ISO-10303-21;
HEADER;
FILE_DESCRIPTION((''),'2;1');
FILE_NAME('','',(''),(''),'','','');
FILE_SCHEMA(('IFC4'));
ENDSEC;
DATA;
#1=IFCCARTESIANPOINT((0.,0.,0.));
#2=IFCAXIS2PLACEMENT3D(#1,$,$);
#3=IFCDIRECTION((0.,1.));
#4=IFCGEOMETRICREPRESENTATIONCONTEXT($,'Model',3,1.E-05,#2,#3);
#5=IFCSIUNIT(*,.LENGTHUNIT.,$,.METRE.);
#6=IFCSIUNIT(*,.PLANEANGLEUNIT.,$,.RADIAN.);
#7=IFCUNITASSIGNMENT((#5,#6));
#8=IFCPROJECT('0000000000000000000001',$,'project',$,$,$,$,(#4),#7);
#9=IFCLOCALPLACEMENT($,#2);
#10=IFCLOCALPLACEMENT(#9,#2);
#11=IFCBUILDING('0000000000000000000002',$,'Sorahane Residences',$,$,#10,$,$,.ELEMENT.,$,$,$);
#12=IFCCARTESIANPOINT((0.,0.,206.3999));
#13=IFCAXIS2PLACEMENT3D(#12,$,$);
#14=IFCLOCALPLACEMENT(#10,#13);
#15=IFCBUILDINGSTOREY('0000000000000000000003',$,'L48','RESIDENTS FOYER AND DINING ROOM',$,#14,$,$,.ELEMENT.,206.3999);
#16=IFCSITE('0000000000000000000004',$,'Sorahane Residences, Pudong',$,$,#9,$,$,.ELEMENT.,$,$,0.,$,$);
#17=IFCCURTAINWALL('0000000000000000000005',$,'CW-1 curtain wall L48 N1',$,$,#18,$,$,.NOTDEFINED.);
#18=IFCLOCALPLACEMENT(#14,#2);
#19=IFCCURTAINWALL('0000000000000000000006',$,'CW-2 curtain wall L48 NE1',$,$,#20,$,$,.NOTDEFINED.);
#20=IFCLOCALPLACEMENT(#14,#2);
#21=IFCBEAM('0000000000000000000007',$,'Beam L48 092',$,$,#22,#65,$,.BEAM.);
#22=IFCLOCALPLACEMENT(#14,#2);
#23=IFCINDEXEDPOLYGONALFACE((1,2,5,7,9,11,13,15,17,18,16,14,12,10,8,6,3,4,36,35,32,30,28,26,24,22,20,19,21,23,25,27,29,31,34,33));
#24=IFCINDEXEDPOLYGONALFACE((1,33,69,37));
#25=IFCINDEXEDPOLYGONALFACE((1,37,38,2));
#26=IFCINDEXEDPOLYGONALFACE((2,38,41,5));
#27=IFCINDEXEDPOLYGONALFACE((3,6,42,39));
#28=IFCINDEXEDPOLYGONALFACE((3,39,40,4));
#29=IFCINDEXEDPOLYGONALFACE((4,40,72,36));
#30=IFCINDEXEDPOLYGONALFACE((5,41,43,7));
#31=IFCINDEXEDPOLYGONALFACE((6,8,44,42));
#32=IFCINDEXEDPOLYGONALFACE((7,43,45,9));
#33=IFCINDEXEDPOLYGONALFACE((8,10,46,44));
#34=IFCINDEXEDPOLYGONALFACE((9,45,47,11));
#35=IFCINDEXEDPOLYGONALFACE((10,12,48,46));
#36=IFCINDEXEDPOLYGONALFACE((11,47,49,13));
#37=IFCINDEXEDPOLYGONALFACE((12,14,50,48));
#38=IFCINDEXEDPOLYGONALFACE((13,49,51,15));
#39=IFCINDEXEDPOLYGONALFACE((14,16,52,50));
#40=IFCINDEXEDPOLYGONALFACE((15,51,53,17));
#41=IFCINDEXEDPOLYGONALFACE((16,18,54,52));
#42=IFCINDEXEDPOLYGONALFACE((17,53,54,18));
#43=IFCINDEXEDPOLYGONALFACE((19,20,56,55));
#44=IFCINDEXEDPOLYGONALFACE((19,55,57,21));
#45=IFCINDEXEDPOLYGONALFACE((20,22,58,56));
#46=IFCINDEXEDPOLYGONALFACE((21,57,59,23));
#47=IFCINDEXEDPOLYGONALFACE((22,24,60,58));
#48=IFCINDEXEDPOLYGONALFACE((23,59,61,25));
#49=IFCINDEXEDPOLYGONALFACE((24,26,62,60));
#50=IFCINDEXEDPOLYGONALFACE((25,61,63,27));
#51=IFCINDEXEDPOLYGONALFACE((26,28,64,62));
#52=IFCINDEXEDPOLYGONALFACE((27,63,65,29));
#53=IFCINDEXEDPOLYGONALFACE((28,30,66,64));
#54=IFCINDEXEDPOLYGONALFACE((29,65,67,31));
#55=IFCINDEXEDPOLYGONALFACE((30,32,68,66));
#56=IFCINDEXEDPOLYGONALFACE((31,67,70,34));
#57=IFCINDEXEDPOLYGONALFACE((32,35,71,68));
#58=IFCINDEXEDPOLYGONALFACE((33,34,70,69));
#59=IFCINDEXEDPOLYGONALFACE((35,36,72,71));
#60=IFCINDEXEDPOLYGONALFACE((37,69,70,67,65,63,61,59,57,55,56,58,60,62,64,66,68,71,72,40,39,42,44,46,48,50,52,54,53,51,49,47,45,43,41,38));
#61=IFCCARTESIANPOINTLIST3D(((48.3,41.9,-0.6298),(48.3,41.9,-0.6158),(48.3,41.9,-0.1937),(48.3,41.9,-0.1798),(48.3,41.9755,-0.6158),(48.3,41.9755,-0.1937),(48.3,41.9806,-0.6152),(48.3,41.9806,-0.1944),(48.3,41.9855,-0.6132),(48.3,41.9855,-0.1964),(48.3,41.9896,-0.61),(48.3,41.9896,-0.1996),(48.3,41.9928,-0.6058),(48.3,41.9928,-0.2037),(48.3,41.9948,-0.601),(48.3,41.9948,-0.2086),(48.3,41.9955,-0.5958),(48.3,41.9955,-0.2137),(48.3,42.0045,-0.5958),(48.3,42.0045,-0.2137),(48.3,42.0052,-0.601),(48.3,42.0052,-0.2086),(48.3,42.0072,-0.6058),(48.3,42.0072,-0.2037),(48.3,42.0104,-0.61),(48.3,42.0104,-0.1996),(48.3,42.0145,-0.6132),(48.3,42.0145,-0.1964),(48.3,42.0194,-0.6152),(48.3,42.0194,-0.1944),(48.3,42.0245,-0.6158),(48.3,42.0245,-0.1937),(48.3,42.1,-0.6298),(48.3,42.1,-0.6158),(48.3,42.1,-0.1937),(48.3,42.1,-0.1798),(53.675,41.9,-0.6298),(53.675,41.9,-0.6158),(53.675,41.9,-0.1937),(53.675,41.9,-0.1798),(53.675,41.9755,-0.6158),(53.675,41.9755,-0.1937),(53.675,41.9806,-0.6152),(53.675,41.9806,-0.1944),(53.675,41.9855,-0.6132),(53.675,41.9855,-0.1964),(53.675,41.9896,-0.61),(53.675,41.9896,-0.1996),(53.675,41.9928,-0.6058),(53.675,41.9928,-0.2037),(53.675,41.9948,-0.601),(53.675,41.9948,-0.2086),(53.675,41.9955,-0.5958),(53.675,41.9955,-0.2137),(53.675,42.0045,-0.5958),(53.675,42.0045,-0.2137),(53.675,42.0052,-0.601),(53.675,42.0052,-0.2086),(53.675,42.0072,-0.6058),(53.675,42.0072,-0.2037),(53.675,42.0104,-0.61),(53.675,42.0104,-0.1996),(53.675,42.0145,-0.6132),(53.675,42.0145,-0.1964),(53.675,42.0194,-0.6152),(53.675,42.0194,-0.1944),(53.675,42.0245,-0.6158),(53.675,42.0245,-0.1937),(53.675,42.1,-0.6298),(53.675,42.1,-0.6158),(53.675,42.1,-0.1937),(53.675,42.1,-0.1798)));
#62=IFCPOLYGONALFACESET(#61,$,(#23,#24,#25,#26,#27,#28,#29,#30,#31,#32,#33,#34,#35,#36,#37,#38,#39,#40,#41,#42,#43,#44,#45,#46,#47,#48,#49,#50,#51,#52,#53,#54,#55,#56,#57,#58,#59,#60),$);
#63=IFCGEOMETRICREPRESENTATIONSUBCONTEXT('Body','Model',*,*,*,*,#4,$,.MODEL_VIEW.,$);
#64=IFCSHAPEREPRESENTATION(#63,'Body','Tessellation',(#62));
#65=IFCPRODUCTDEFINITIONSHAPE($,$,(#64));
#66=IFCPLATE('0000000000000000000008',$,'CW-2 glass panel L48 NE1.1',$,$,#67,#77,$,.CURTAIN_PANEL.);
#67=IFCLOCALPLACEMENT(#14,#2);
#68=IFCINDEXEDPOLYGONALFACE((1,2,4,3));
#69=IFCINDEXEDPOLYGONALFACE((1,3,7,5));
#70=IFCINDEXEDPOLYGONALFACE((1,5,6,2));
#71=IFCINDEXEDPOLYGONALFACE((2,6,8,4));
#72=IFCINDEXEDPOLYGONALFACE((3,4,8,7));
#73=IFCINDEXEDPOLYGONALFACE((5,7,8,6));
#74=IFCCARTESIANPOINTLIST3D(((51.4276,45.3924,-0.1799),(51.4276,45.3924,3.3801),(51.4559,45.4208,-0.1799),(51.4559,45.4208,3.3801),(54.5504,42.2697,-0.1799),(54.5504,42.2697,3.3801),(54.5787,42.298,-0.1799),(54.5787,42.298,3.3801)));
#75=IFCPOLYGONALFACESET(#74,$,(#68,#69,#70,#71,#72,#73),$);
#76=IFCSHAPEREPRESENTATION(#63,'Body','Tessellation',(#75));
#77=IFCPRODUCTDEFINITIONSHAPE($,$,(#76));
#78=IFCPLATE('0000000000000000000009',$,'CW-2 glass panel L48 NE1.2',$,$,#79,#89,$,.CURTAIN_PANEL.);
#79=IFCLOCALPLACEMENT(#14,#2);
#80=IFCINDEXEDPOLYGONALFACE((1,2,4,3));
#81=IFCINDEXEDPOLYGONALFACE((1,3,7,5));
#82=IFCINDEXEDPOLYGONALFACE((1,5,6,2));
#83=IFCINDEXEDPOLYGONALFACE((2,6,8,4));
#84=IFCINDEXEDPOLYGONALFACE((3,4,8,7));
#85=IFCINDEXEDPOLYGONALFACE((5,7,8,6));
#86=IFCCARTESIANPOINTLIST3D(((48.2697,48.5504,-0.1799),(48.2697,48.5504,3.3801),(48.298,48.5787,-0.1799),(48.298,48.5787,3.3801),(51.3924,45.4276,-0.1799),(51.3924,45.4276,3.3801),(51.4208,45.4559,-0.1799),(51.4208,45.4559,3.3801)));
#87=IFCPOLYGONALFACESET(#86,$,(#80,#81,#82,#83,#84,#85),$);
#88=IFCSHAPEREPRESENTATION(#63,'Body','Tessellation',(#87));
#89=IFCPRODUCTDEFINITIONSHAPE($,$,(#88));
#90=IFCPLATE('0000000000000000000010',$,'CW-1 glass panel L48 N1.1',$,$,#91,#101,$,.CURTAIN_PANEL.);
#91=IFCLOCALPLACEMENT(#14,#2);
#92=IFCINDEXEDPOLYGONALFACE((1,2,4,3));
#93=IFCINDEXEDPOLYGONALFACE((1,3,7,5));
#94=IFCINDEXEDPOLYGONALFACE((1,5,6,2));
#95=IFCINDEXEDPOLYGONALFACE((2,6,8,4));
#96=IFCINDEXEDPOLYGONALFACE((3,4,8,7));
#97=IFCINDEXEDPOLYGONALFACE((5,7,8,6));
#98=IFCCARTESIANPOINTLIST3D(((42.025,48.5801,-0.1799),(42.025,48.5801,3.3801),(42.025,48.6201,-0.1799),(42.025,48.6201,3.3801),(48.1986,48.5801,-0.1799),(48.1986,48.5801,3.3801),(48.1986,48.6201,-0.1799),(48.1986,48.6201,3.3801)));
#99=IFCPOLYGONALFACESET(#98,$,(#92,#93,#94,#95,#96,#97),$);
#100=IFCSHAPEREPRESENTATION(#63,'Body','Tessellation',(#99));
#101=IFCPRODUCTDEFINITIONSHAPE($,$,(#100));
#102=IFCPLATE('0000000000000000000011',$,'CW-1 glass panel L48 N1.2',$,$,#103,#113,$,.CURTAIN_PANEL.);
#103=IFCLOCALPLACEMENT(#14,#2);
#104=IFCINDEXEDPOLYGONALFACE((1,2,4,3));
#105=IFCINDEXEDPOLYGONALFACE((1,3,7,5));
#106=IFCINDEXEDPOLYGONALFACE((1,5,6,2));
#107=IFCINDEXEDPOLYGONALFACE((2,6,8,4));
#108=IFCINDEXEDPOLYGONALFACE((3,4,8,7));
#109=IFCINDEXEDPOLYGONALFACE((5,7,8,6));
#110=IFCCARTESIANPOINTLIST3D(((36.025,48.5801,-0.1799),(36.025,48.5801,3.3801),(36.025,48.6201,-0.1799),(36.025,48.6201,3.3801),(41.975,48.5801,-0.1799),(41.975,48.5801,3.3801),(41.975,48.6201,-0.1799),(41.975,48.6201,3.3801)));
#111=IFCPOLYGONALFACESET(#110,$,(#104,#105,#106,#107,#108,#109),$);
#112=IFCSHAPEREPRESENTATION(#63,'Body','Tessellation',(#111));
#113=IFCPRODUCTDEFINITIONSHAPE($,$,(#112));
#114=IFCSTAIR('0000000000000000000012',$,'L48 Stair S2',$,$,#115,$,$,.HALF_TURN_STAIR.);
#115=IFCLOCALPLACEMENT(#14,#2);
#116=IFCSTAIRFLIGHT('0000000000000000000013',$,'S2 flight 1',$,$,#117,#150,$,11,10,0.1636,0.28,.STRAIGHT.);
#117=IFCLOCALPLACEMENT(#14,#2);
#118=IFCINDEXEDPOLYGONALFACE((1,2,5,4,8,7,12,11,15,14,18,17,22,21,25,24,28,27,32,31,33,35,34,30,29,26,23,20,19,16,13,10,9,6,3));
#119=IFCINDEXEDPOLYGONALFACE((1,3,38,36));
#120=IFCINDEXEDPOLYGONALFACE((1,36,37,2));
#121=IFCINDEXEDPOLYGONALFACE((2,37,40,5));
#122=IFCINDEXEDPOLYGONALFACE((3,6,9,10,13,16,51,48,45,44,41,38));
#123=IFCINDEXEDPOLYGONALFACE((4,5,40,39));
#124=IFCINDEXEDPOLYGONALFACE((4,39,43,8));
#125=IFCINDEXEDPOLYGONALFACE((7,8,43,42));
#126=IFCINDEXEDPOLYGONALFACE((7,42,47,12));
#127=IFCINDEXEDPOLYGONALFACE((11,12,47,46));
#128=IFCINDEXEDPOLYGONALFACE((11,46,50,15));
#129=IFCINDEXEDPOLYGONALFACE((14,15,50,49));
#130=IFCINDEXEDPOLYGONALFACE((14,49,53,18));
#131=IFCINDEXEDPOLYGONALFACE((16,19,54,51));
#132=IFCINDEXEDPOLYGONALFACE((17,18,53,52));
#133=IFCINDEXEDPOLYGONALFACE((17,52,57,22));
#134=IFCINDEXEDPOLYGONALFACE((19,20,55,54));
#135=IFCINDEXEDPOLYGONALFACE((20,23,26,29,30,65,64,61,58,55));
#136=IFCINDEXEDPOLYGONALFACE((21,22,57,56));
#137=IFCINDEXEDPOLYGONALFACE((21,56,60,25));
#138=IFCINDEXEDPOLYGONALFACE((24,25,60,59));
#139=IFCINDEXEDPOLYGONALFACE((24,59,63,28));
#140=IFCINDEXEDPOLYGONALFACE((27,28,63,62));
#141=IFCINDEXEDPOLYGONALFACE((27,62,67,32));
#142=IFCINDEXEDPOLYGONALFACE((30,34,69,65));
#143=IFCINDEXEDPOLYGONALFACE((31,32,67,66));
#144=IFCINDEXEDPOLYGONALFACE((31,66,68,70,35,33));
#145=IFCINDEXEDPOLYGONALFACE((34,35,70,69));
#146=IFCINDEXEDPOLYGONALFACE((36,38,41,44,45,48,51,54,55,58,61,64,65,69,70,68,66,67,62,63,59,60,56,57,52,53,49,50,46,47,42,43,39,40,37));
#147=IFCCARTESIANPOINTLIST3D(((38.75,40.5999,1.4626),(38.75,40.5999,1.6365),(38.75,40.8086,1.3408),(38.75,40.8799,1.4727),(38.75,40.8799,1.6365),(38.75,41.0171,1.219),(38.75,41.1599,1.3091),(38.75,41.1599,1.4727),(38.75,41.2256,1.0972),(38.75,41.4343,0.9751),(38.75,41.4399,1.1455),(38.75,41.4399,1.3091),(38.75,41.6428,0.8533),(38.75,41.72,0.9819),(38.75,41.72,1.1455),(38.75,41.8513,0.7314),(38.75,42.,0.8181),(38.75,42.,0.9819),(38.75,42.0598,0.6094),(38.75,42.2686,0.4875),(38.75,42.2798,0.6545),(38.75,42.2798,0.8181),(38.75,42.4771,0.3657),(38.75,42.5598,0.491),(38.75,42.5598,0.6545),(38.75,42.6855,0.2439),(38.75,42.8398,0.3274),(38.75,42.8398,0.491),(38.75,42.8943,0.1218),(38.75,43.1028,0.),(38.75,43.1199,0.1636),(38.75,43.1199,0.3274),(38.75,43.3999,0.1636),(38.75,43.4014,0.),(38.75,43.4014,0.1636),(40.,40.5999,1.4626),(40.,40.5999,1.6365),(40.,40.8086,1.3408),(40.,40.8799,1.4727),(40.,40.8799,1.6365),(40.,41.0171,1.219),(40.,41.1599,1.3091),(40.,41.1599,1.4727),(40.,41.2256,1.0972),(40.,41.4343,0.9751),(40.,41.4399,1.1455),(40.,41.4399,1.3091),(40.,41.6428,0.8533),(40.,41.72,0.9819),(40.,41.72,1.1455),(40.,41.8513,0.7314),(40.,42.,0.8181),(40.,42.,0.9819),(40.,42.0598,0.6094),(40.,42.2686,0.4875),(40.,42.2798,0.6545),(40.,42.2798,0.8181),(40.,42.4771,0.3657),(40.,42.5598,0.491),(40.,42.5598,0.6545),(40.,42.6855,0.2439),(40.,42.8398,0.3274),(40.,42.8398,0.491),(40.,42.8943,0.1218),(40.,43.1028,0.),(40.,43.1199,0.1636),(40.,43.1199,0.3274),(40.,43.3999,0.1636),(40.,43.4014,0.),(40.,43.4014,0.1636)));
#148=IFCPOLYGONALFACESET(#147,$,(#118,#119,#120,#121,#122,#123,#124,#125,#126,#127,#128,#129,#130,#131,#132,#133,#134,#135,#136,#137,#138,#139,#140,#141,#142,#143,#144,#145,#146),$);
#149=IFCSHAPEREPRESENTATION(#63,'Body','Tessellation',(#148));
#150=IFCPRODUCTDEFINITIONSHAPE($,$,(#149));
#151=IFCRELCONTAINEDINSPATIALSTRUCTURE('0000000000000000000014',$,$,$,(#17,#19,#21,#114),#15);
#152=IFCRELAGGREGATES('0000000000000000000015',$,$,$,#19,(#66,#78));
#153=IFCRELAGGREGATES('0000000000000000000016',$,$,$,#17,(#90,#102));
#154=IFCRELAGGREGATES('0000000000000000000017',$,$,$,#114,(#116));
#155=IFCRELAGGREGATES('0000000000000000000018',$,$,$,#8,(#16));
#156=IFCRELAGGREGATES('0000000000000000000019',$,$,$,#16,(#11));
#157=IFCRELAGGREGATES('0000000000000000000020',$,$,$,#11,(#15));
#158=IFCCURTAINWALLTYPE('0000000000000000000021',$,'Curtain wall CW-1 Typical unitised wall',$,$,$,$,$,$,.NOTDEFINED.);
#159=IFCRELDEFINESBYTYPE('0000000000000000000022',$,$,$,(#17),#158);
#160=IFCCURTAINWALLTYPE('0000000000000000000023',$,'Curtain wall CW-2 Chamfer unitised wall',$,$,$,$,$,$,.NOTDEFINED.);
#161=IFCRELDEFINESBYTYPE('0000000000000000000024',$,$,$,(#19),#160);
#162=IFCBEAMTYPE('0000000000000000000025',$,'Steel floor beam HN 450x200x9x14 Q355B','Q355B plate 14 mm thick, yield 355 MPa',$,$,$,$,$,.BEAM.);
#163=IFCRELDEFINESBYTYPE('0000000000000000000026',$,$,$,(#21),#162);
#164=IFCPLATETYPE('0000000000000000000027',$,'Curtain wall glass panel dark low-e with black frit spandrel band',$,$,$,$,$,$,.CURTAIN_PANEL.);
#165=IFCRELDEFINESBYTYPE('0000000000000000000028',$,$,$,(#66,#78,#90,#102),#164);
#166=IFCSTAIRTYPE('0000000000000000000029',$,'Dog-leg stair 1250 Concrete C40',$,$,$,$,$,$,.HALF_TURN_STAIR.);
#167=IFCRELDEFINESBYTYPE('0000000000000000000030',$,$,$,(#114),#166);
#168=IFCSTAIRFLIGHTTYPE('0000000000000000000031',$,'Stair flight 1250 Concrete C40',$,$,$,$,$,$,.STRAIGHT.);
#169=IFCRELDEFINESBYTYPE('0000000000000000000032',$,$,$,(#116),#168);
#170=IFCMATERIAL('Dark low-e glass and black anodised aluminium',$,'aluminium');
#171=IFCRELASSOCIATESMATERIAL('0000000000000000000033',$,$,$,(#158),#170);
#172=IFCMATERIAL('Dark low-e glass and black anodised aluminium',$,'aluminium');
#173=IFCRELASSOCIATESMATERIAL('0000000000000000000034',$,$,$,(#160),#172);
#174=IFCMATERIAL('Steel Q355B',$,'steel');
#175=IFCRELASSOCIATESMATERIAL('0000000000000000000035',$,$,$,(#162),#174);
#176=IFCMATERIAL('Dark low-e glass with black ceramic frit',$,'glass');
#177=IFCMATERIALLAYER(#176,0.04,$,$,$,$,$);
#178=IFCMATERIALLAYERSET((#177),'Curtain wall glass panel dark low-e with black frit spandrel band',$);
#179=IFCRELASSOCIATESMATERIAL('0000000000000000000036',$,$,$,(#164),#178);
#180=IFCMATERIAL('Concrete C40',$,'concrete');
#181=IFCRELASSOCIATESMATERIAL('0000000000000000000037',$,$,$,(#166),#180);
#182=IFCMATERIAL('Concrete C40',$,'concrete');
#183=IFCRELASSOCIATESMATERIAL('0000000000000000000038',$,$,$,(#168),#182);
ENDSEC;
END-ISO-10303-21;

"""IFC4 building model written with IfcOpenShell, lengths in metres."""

from ifc_helpers import new_model, si_unit, direction, frame, origin, origin_2d, place, context, subcontext, project, spatial, polyline, rectangle, i_section, outline, extrude, material, layer, layer_set, material_profile, profile_set, type_object, element, aggregate, save


model = new_model("IFC4")

# Units and contexts
model_context = context("Model", 3, precision=1e-05, world=origin(), true_north=direction((0.0, 1.0)))
body_context = subcontext(model_context, "Body", "Model", "MODEL_VIEW")
ifc_project = project(units=[si_unit("LENGTHUNIT", "METRE"), si_unit("PLANEANGLEUNIT", "RADIAN")], contexts=[model_context])

# Site, building, storey
site_placement = place(None, origin())
site = spatial("IfcSite", under=ifc_project, at=site_placement, Name="Sorahane Residences, Pudong", CompositionType="ELEMENT", RefElevation=0.0)
building_placement = place(site_placement, origin())
building = spatial("IfcBuilding", under=site, at=building_placement, Name="Sorahane Residences", CompositionType="ELEMENT")
storey_placement = place(building_placement, frame((0.0, 0.0, 206.3999)))
storey = spatial("IfcBuildingStorey", under=building, at=storey_placement, Name="L48", Description="RESIDENTS FOYER AND DINING ROOM", CompositionType="ELEMENT", Elevation=206.3999)

# Curtain wall
ifc_material_1 = material(Name="Dark low-e glass and black anodised aluminium", Category="aluminium")
curtain_wall_type_1 = type_object("IfcCurtainWallType", Name="Curtain wall CW-1 Typical unitised wall", PredefinedType="NOTDEFINED", material=ifc_material_1)
curtain_wall_1_placement = place(storey_placement, origin())
curtain_wall_1 = element("IfcCurtainWall", 1, at=curtain_wall_1_placement, inside=storey, type_object=curtain_wall_type_1, Name="CW-1 curtain wall L48 N1", PredefinedType="NOTDEFINED")

# Curtain wall
ifc_material_2 = material(Name="Dark low-e glass and black anodised aluminium", Category="aluminium")
curtain_wall_type_2 = type_object("IfcCurtainWallType", Name="Curtain wall CW-2 Chamfer unitised wall", PredefinedType="NOTDEFINED", material=ifc_material_2)
curtain_wall_2_placement = place(storey_placement, origin())
curtain_wall_2 = element("IfcCurtainWall", 2, at=curtain_wall_2_placement, inside=storey, type_object=curtain_wall_type_2, Name="CW-2 curtain wall L48 NE1", PredefinedType="NOTDEFINED")

# Beam
ifc_material_3 = material(Name="Steel Q355B", Category="steel")
ifc_material_profile_1 = material_profile(ifc_material_3, i_section(OverallWidth=0.2, OverallDepth=0.45, WebThickness=0.009, FlangeThickness=0.0139, FilletRadius=0.02, at=origin_2d()), Name="HN 450x200x9x14")
ifc_profile_set_1 = profile_set([ifc_material_profile_1], Name="Steel Q355B")
beam_type = type_object("IfcBeamType", Name="Steel floor beam HN 450x200x9x14 Q355B", Description="Q355B plate 14 mm thick, yield 355 MPa", PredefinedType="BEAM", material=ifc_profile_set_1)
beam_1_placement = place(storey_placement, frame((48.3, 42.0, -0.4048), z_axis=(1.0, 0.0, 0.0), x_axis=(0.0, 1.0, 0.0)))
element("IfcBeam", 3, at=beam_1_placement, inside=storey, type_object=beam_type, Name="Beam L48 092", PredefinedType="BEAM", context=body_context, shape_type="SweptSolid", body=[
    extrude(i_section(OverallWidth=0.2, OverallDepth=0.45, WebThickness=0.009, FlangeThickness=0.0139, FilletRadius=0.02, at=origin_2d()), origin(), (0.0, 0.0, 1.0), 5.375),
])

# Plates
ifc_material_4 = material(Name="Dark low-e glass with black ceramic frit", Category="glass")
ifc_layer_1 = layer(ifc_material_4, 0.04)
ifc_layer_set_1 = layer_set([ifc_layer_1], Name="Curtain wall glass panel dark low-e with black frit spandrel band")
plate_type = type_object("IfcPlateType", Name="Curtain wall glass panel dark low-e with black frit spandrel band", PredefinedType="CURTAIN_PANEL", material=ifc_layer_set_1)
plate_1_placement = place(storey_placement, frame((53.0032, 43.8452, -0.1799), z_axis=(0.0, 0.0, 1.0), x_axis=(-0.707107, 0.707107, 0.0)))
plate_1 = element("IfcPlate", 4, at=plate_1_placement, type_object=plate_type, Name="CW-2 glass panel L48 NE1.1", PredefinedType="CURTAIN_PANEL", context=body_context, shape_type="SweptSolid", body=[
    extrude(rectangle(XDim=4.4163, YDim=0.04, at=origin_2d()), origin(), (0.0, 0.0, 1.0), 3.5601),
])
plate_2_placement = place(storey_placement, frame((49.8452, 47.0032, -0.1799), z_axis=(0.0, 0.0, 1.0), x_axis=(-0.707107, 0.707107, 0.0)))
plate_2 = element("IfcPlate", 5, at=plate_2_placement, type_object=plate_type, Name="CW-2 glass panel L48 NE1.2", PredefinedType="CURTAIN_PANEL", context=body_context, shape_type="SweptSolid", body=[
    extrude(rectangle(XDim=4.4163, YDim=0.04, at=origin_2d()), origin(), (0.0, 0.0, 1.0), 3.5601),
])
aggregate(curtain_wall_2, [plate_1, plate_2])
plate_3_placement = place(storey_placement, frame((45.1118, 48.6001, -0.1799), z_axis=(0.0, 0.0, 1.0), x_axis=(-1.0, 0.0, 0.0)))
plate_3 = element("IfcPlate", 6, at=plate_3_placement, type_object=plate_type, Name="CW-1 glass panel L48 N1.1", PredefinedType="CURTAIN_PANEL", context=body_context, shape_type="SweptSolid", body=[
    extrude(rectangle(XDim=6.1736, YDim=0.04, at=origin_2d()), origin(), (0.0, 0.0, 1.0), 3.5601),
])
plate_4_placement = place(storey_placement, frame((39.0, 48.6001, -0.1799), z_axis=(0.0, 0.0, 1.0), x_axis=(-1.0, 0.0, 0.0)))
plate_4 = element("IfcPlate", 7, at=plate_4_placement, type_object=plate_type, Name="CW-1 glass panel L48 N1.2", PredefinedType="CURTAIN_PANEL", context=body_context, shape_type="SweptSolid", body=[
    extrude(rectangle(XDim=5.95, YDim=0.04, at=origin_2d()), origin(), (0.0, 0.0, 1.0), 3.5601),
])
aggregate(curtain_wall_1, [plate_3, plate_4])

# Stair, stair flight
ifc_material_5 = material(Name="Concrete C40", Category="concrete")
stair_type = type_object("IfcStairType", Name="Dog-leg stair 1250 Concrete C40", PredefinedType="HALF_TURN_STAIR", material=ifc_material_5)
stair_placement = place(storey_placement, origin())
stair = element("IfcStair", 8, at=stair_placement, inside=storey, type_object=stair_type, Name="L48 Stair S2", PredefinedType="HALF_TURN_STAIR")
ifc_material_6 = material(Name="Concrete C40", Category="concrete")
stair_flight_type = type_object("IfcStairFlightType", Name="Stair flight 1250 Concrete C40", PredefinedType="STRAIGHT", material=ifc_material_6)
stair_flight_placement = place(storey_placement, frame((39.375, 43.3999, 0.0), z_axis=(0.0, 0.0, 1.0), x_axis=(0.0, -1.0, 0.0)))
stair_flight = element("IfcStairFlight", 9, at=stair_flight_placement, type_object=stair_flight_type, Name="S2 flight 1", NumberOfRisers=11, NumberOfTreads=10, PredefinedType="STRAIGHT", RiserHeight=0.1636, TreadLength=0.28, context=body_context, shape_type="SweptSolid", body=[
    extrude(outline(polyline([(-0.0015, 0.0), (-0.0015, 0.1636), (0.0, 0.1636), (0.28, 0.1636), (0.28, 0.3274), (0.5601, 0.3274), (0.5601, 0.491), (0.8401, 0.491), (0.8401, 0.6545), (1.1201, 0.6545), (1.1201, 0.8181), (1.3999, 0.8181), (1.3999, 0.9819), (1.6799, 0.9819), (1.6799, 1.1455), (1.96, 1.1455), (1.96, 1.3091), (2.24, 1.3091), (2.24, 1.4727), (2.52, 1.4727), (2.52, 1.6365), (2.8, 1.6365), (2.8, 1.8), (2.8, 1.4626), (2.5913, 1.3408), (2.3828, 1.219), (2.1743, 1.0972), (1.9656, 0.9751), (1.7571, 0.8533), (1.5486, 0.7314), (1.3401, 0.6094), (1.1313, 0.4875), (0.9229, 0.3657), (0.7144, 0.2439), (0.5056, 0.1218), (0.2971, 0.0), (-0.0015, 0.0)])), frame((0.0, 0.625, 0.0), z_axis=(0.0, -1.0, 0.0), x_axis=(1.0, 0.0, 0.0)), (0.0, 0.0, 1.0), 1.25),
])
aggregate(stair, [stair_flight])

save(model, "model.ifc")
